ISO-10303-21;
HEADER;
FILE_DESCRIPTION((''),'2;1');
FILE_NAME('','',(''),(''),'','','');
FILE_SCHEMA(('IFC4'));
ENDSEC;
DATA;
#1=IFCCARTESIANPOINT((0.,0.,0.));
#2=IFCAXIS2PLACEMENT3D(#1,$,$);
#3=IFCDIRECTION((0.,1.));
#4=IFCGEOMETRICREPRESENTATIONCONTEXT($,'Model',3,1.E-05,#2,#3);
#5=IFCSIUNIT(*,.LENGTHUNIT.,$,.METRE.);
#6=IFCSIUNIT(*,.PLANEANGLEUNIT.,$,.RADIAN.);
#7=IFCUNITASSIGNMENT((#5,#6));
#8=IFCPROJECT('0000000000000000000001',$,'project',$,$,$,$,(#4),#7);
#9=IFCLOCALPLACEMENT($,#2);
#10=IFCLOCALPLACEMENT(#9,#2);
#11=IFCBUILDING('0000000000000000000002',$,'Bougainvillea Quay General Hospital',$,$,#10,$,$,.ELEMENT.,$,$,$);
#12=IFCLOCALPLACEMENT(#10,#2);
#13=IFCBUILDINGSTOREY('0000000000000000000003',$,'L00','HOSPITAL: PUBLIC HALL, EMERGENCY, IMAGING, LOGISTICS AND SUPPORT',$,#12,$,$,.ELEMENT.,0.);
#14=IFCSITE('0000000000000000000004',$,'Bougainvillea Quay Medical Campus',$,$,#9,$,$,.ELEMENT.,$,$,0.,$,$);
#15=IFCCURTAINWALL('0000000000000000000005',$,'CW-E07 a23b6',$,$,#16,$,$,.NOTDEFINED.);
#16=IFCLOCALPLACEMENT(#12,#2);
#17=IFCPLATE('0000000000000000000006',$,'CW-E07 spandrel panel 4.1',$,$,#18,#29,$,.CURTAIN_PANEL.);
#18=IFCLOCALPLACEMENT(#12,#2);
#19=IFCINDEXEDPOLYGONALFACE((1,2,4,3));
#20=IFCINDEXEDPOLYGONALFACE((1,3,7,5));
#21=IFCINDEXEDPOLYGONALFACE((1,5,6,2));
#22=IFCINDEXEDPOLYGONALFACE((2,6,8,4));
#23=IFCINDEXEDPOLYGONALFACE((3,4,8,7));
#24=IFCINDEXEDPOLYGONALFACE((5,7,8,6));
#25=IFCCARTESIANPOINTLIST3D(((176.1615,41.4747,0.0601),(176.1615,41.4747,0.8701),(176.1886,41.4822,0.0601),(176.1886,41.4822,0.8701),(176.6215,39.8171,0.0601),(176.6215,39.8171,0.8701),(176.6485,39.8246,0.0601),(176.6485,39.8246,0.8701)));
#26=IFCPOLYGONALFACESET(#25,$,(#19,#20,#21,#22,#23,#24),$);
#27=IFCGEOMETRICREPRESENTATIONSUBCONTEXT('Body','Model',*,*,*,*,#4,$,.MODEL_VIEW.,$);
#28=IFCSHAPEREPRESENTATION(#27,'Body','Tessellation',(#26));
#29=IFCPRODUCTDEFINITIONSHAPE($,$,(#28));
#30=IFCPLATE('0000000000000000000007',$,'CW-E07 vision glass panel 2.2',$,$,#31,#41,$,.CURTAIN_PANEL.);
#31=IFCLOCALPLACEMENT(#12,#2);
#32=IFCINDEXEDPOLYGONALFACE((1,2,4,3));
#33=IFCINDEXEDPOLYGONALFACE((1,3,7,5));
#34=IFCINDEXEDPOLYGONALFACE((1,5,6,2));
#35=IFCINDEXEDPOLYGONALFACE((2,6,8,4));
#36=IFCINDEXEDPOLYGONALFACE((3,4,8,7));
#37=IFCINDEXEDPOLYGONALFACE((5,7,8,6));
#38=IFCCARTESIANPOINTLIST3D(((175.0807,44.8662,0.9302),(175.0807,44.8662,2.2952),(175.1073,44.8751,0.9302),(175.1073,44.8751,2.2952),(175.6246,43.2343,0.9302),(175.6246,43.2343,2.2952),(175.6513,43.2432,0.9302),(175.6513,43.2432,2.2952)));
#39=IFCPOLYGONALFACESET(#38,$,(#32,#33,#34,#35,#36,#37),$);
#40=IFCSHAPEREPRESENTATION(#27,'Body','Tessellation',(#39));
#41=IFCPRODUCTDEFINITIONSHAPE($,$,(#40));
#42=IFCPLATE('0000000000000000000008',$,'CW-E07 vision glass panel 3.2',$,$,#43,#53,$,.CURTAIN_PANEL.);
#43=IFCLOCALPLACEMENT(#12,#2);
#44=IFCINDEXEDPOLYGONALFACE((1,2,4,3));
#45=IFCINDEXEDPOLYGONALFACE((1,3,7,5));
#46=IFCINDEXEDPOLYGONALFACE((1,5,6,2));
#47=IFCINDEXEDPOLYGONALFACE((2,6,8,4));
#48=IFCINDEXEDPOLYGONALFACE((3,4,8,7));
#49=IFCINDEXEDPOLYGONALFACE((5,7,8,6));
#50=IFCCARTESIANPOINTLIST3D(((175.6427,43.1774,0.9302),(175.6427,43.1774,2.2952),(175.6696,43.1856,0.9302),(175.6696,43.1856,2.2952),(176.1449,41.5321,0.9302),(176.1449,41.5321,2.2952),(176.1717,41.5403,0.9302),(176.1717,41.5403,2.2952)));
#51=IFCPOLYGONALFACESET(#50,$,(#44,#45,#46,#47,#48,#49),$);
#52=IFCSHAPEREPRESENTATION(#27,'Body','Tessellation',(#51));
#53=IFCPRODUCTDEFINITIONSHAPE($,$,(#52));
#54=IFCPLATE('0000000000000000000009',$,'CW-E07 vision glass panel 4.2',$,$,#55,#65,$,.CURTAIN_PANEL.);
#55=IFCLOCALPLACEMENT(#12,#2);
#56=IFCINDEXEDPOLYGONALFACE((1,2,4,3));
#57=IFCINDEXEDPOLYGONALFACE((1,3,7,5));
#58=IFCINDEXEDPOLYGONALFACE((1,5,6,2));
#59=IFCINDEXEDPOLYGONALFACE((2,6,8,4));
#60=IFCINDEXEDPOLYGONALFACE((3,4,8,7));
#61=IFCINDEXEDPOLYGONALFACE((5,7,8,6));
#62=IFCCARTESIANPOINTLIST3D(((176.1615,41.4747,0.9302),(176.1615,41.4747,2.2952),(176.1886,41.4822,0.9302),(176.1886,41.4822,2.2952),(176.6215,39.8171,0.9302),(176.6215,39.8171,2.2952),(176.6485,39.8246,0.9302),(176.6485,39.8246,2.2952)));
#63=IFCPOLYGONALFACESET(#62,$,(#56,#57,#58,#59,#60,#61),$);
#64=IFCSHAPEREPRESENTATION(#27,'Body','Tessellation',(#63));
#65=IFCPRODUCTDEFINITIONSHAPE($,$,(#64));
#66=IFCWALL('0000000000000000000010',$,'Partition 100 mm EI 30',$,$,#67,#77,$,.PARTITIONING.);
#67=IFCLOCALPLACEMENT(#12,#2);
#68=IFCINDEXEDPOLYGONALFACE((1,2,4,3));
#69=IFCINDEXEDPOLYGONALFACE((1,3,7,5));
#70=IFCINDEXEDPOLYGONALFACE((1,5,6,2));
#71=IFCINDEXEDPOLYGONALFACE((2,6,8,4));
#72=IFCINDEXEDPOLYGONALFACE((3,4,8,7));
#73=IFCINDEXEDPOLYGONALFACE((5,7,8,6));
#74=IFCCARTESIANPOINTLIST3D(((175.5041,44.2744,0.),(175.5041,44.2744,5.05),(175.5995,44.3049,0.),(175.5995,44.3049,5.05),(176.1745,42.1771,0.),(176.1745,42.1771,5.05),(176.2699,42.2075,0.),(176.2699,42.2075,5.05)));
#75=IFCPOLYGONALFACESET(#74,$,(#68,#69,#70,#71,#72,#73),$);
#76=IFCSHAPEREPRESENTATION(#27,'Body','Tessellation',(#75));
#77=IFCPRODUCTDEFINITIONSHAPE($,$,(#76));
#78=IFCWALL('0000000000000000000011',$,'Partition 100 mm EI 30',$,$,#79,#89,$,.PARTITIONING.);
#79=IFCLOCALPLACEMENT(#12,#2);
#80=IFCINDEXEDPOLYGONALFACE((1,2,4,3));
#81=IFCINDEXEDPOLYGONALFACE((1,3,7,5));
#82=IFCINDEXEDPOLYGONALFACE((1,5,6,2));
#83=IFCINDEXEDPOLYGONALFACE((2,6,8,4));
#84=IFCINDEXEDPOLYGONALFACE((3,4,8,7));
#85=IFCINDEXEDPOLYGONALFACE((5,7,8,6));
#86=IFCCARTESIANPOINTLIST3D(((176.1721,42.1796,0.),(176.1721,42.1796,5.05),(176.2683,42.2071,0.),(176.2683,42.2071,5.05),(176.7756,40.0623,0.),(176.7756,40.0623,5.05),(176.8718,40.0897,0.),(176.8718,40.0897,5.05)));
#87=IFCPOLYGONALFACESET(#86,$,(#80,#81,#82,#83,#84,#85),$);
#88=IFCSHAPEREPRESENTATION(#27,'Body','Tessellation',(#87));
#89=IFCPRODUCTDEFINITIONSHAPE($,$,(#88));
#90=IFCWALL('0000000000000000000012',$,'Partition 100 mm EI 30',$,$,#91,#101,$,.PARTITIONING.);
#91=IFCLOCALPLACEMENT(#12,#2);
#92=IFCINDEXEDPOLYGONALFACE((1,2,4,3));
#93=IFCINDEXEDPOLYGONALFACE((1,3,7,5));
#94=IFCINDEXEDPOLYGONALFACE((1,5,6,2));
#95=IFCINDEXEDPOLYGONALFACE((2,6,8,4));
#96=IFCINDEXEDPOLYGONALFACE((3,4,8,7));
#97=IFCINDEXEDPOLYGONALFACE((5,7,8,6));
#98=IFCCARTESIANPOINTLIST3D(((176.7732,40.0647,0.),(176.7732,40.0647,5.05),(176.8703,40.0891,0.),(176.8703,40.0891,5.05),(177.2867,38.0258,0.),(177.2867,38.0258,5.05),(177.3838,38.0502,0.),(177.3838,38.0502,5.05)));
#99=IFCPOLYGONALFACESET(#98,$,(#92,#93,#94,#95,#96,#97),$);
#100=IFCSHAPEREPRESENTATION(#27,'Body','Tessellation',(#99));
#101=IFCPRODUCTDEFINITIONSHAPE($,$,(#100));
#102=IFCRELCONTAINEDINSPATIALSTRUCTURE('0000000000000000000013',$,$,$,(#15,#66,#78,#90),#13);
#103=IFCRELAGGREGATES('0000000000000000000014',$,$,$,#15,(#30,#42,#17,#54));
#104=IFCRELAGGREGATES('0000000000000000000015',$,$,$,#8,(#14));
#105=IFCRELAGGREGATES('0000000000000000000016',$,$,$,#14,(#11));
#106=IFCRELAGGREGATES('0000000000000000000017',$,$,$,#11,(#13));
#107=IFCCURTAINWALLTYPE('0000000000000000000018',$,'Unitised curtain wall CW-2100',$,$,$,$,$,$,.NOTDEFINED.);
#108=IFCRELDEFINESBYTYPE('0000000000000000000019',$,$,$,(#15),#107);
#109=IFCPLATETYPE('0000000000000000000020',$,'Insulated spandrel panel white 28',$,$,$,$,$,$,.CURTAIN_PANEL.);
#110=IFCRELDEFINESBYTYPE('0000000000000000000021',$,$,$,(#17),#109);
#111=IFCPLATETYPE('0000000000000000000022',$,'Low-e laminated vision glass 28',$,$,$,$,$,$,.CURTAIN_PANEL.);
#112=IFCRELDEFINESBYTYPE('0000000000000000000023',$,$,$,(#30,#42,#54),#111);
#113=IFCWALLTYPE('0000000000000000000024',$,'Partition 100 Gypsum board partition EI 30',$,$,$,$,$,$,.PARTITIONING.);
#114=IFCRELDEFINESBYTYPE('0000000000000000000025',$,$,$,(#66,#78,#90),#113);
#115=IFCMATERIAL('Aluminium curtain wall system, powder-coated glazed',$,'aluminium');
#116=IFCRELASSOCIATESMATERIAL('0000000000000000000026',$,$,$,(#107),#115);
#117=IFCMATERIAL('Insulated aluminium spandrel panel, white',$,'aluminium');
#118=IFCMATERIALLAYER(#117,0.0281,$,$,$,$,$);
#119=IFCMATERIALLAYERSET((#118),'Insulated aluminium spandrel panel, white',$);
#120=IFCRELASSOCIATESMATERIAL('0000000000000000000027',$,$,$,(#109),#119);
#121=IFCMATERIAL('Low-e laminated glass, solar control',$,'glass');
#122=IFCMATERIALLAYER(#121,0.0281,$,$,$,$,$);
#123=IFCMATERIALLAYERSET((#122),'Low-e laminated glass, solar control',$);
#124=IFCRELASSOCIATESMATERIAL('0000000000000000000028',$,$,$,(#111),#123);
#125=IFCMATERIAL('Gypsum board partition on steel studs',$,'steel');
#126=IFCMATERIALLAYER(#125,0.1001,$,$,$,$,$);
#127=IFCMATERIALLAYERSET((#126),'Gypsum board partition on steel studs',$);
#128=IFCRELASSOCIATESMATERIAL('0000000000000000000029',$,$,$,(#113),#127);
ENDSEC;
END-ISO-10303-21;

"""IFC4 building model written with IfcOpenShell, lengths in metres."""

from ifc_helpers import new_model, si_unit, direction, frame, frame_2d, origin, origin_2d, place, context, subcontext, project, spatial, rectangle, extrude, material, layer, layer_set, type_object, element, aggregate, save


model = new_model("IFC4")

# Units and contexts
model_context = context("Model", 3, precision=1e-05, world=origin(), true_north=direction((0.0, 1.0)))
body_context = subcontext(model_context, "Body", "Model", "MODEL_VIEW")
ifc_project = project(units=[si_unit("LENGTHUNIT", "METRE"), si_unit("PLANEANGLEUNIT", "RADIAN")], contexts=[model_context])

# Site, building, storey
site_placement = place(None, origin())
site = spatial("IfcSite", under=ifc_project, at=site_placement, Name="Bougainvillea Quay Medical Campus", CompositionType="ELEMENT", RefElevation=0.0)
building_placement = place(site_placement, origin())
building = spatial("IfcBuilding", under=site, at=building_placement, Name="Bougainvillea Quay General Hospital", CompositionType="ELEMENT")
storey_placement = place(building_placement, origin())
storey = spatial("IfcBuildingStorey", under=building, at=storey_placement, Name="L00", Description="HOSPITAL: PUBLIC HALL, EMERGENCY, IMAGING, LOGISTICS AND SUPPORT", CompositionType="ELEMENT", Elevation=0.0)

# Curtain wall, plates
ifc_material_1 = material(Name="Aluminium curtain wall system, powder-coated glazed", Category="aluminium")
curtain_wall_type = type_object("IfcCurtainWallType", Name="Unitised curtain wall CW-2100", PredefinedType="NOTDEFINED", material=ifc_material_1)
curtain_wall_placement = place(storey_placement, origin())
curtain_wall = element("IfcCurtainWall", 1, at=curtain_wall_placement, inside=storey, type_object=curtain_wall_type, Name="CW-E07 a23b6", PredefinedType="NOTDEFINED")
ifc_material_2 = material(Name="Insulated aluminium spandrel panel, white", Category="aluminium")
ifc_layer_1 = layer(ifc_material_2, 0.0281)
ifc_layer_set_1 = layer_set([ifc_layer_1], Name="Insulated aluminium spandrel panel, white")
plate_type_1 = type_object("IfcPlateType", Name="Insulated spandrel panel white 28", PredefinedType="CURTAIN_PANEL", material=ifc_layer_set_1)
plate_1_placement = place(storey_placement, frame((176.405, 40.6497, 0.0601), z_axis=(0.0, 0.0, 1.0), x_axis=(0.2674, -0.963586, 0.0)))
plate_1 = element("IfcPlate", 2, at=plate_1_placement, type_object=plate_type_1, Name="CW-E07 spandrel panel 4.1", PredefinedType="CURTAIN_PANEL", context=body_context, shape_type="SweptSolid", body=[
    extrude(rectangle(XDim=1.7202, YDim=0.0281, at=origin_2d()), origin(), (0.0, 0.0, 1.0), 0.8101),
])
ifc_material_3 = material(Name="Low-e laminated glass, solar control", Category="glass")
ifc_layer_2 = layer(ifc_material_3, 0.0281)
ifc_layer_set_2 = layer_set([ifc_layer_2], Name="Low-e laminated glass, solar control")
plate_type_2 = type_object("IfcPlateType", Name="Low-e laminated vision glass 28", PredefinedType="CURTAIN_PANEL", material=ifc_layer_set_2)
plate_2_placement = place(storey_placement, frame((175.366, 44.0547, 0.9302), z_axis=(0.0, 0.0, 1.0), x_axis=(0.316219, -0.948686, 0.0)))
plate_2 = element("IfcPlate", 3, at=plate_2_placement, type_object=plate_type_2, Name="CW-E07 vision glass panel 2.2", PredefinedType="CURTAIN_PANEL", context=body_context, shape_type="SweptSolid", body=[
    extrude(rectangle(XDim=1.7202, YDim=0.0281, at=origin_2d()), origin(), (0.0, 0.0, 1.0), 1.365),
])
plate_3_placement = place(storey_placement, frame((175.9072, 42.3589, 0.9302), z_axis=(0.0, 0.0, 1.0), x_axis=(0.291904, -0.956448, 0.0)))
plate_3 = element("IfcPlate", 4, at=plate_3_placement, type_object=plate_type_2, Name="CW-E07 vision glass panel 3.2", PredefinedType="CURTAIN_PANEL", context=body_context, shape_type="SweptSolid", body=[
    extrude(rectangle(XDim=1.7202, YDim=0.0281, at=origin_2d()), origin(), (0.0, 0.0, 1.0), 1.365),
])
plate_4_placement = place(storey_placement, frame((176.405, 40.6497, 0.9302), z_axis=(0.0, 0.0, 1.0), x_axis=(0.2674, -0.963586, 0.0)))
plate_4 = element("IfcPlate", 5, at=plate_4_placement, type_object=plate_type_2, Name="CW-E07 vision glass panel 4.2", PredefinedType="CURTAIN_PANEL", context=body_context, shape_type="SweptSolid", body=[
    extrude(rectangle(XDim=1.7202, YDim=0.0281, at=origin_2d()), origin(), (0.0, 0.0, 1.0), 1.365),
])
aggregate(curtain_wall, [plate_2, plate_3, plate_1, plate_4])

# Walls
ifc_material_4 = material(Name="Gypsum board partition on steel studs", Category="steel")
ifc_layer_3 = layer(ifc_material_4, 0.1001)
ifc_layer_set_3 = layer_set([ifc_layer_3], Name="Gypsum board partition on steel studs")
wall_type = type_object("IfcWallType", Name="Partition 100 Gypsum board partition EI 30", PredefinedType="PARTITIONING", material=ifc_layer_set_3)
wall_1_placement = place(storey_placement, frame((175.5518, 44.2898, 0.0), z_axis=(0.0, 0.0, 1.0), x_axis=(0.304462, -0.952525, 0.0)))
element("IfcWall", 6, at=wall_1_placement, inside=storey, type_object=wall_type, Name="Partition 100 mm EI 30", PredefinedType="PARTITIONING", context=body_context, shape_type="SweptSolid", body=[
    extrude(rectangle(XDim=2.2019, YDim=0.1001, at=frame_2d((1.1011, 0.0))), origin(), (0.0, 0.0, 1.0), 5.05),
])
wall_2_placement = place(storey_placement, frame((176.2202, 42.1934, 0.0), z_axis=(0.0, 0.0, 1.0), x_axis=(0.274106, -0.961699, 0.0)))
element("IfcWall", 7, at=wall_2_placement, inside=storey, type_object=wall_type, Name="Partition 100 mm EI 30", PredefinedType="PARTITIONING", context=body_context, shape_type="SweptSolid", body=[
    extrude(rectangle(XDim=2.2017, YDim=0.1001, at=frame_2d((1.1008, 0.0))), origin(), (0.0, 0.0, 1.0), 5.05),
])
wall_3_placement = place(storey_placement, frame((176.8218, 40.0769, 0.0), z_axis=(0.0, 0.0, 1.0), x_axis=(0.244202, -0.969724, 0.0)))
element("IfcWall", 8, at=wall_3_placement, inside=storey, type_object=wall_type, Name="Partition 100 mm EI 30", PredefinedType="PARTITIONING", context=body_context, shape_type="SweptSolid", body=[
    extrude(rectangle(XDim=2.1025, YDim=0.1001, at=frame_2d((1.0513, 0.0))), origin(), (0.0, 0.0, 1.0), 5.05),
])

save(model, "model.ifc")
